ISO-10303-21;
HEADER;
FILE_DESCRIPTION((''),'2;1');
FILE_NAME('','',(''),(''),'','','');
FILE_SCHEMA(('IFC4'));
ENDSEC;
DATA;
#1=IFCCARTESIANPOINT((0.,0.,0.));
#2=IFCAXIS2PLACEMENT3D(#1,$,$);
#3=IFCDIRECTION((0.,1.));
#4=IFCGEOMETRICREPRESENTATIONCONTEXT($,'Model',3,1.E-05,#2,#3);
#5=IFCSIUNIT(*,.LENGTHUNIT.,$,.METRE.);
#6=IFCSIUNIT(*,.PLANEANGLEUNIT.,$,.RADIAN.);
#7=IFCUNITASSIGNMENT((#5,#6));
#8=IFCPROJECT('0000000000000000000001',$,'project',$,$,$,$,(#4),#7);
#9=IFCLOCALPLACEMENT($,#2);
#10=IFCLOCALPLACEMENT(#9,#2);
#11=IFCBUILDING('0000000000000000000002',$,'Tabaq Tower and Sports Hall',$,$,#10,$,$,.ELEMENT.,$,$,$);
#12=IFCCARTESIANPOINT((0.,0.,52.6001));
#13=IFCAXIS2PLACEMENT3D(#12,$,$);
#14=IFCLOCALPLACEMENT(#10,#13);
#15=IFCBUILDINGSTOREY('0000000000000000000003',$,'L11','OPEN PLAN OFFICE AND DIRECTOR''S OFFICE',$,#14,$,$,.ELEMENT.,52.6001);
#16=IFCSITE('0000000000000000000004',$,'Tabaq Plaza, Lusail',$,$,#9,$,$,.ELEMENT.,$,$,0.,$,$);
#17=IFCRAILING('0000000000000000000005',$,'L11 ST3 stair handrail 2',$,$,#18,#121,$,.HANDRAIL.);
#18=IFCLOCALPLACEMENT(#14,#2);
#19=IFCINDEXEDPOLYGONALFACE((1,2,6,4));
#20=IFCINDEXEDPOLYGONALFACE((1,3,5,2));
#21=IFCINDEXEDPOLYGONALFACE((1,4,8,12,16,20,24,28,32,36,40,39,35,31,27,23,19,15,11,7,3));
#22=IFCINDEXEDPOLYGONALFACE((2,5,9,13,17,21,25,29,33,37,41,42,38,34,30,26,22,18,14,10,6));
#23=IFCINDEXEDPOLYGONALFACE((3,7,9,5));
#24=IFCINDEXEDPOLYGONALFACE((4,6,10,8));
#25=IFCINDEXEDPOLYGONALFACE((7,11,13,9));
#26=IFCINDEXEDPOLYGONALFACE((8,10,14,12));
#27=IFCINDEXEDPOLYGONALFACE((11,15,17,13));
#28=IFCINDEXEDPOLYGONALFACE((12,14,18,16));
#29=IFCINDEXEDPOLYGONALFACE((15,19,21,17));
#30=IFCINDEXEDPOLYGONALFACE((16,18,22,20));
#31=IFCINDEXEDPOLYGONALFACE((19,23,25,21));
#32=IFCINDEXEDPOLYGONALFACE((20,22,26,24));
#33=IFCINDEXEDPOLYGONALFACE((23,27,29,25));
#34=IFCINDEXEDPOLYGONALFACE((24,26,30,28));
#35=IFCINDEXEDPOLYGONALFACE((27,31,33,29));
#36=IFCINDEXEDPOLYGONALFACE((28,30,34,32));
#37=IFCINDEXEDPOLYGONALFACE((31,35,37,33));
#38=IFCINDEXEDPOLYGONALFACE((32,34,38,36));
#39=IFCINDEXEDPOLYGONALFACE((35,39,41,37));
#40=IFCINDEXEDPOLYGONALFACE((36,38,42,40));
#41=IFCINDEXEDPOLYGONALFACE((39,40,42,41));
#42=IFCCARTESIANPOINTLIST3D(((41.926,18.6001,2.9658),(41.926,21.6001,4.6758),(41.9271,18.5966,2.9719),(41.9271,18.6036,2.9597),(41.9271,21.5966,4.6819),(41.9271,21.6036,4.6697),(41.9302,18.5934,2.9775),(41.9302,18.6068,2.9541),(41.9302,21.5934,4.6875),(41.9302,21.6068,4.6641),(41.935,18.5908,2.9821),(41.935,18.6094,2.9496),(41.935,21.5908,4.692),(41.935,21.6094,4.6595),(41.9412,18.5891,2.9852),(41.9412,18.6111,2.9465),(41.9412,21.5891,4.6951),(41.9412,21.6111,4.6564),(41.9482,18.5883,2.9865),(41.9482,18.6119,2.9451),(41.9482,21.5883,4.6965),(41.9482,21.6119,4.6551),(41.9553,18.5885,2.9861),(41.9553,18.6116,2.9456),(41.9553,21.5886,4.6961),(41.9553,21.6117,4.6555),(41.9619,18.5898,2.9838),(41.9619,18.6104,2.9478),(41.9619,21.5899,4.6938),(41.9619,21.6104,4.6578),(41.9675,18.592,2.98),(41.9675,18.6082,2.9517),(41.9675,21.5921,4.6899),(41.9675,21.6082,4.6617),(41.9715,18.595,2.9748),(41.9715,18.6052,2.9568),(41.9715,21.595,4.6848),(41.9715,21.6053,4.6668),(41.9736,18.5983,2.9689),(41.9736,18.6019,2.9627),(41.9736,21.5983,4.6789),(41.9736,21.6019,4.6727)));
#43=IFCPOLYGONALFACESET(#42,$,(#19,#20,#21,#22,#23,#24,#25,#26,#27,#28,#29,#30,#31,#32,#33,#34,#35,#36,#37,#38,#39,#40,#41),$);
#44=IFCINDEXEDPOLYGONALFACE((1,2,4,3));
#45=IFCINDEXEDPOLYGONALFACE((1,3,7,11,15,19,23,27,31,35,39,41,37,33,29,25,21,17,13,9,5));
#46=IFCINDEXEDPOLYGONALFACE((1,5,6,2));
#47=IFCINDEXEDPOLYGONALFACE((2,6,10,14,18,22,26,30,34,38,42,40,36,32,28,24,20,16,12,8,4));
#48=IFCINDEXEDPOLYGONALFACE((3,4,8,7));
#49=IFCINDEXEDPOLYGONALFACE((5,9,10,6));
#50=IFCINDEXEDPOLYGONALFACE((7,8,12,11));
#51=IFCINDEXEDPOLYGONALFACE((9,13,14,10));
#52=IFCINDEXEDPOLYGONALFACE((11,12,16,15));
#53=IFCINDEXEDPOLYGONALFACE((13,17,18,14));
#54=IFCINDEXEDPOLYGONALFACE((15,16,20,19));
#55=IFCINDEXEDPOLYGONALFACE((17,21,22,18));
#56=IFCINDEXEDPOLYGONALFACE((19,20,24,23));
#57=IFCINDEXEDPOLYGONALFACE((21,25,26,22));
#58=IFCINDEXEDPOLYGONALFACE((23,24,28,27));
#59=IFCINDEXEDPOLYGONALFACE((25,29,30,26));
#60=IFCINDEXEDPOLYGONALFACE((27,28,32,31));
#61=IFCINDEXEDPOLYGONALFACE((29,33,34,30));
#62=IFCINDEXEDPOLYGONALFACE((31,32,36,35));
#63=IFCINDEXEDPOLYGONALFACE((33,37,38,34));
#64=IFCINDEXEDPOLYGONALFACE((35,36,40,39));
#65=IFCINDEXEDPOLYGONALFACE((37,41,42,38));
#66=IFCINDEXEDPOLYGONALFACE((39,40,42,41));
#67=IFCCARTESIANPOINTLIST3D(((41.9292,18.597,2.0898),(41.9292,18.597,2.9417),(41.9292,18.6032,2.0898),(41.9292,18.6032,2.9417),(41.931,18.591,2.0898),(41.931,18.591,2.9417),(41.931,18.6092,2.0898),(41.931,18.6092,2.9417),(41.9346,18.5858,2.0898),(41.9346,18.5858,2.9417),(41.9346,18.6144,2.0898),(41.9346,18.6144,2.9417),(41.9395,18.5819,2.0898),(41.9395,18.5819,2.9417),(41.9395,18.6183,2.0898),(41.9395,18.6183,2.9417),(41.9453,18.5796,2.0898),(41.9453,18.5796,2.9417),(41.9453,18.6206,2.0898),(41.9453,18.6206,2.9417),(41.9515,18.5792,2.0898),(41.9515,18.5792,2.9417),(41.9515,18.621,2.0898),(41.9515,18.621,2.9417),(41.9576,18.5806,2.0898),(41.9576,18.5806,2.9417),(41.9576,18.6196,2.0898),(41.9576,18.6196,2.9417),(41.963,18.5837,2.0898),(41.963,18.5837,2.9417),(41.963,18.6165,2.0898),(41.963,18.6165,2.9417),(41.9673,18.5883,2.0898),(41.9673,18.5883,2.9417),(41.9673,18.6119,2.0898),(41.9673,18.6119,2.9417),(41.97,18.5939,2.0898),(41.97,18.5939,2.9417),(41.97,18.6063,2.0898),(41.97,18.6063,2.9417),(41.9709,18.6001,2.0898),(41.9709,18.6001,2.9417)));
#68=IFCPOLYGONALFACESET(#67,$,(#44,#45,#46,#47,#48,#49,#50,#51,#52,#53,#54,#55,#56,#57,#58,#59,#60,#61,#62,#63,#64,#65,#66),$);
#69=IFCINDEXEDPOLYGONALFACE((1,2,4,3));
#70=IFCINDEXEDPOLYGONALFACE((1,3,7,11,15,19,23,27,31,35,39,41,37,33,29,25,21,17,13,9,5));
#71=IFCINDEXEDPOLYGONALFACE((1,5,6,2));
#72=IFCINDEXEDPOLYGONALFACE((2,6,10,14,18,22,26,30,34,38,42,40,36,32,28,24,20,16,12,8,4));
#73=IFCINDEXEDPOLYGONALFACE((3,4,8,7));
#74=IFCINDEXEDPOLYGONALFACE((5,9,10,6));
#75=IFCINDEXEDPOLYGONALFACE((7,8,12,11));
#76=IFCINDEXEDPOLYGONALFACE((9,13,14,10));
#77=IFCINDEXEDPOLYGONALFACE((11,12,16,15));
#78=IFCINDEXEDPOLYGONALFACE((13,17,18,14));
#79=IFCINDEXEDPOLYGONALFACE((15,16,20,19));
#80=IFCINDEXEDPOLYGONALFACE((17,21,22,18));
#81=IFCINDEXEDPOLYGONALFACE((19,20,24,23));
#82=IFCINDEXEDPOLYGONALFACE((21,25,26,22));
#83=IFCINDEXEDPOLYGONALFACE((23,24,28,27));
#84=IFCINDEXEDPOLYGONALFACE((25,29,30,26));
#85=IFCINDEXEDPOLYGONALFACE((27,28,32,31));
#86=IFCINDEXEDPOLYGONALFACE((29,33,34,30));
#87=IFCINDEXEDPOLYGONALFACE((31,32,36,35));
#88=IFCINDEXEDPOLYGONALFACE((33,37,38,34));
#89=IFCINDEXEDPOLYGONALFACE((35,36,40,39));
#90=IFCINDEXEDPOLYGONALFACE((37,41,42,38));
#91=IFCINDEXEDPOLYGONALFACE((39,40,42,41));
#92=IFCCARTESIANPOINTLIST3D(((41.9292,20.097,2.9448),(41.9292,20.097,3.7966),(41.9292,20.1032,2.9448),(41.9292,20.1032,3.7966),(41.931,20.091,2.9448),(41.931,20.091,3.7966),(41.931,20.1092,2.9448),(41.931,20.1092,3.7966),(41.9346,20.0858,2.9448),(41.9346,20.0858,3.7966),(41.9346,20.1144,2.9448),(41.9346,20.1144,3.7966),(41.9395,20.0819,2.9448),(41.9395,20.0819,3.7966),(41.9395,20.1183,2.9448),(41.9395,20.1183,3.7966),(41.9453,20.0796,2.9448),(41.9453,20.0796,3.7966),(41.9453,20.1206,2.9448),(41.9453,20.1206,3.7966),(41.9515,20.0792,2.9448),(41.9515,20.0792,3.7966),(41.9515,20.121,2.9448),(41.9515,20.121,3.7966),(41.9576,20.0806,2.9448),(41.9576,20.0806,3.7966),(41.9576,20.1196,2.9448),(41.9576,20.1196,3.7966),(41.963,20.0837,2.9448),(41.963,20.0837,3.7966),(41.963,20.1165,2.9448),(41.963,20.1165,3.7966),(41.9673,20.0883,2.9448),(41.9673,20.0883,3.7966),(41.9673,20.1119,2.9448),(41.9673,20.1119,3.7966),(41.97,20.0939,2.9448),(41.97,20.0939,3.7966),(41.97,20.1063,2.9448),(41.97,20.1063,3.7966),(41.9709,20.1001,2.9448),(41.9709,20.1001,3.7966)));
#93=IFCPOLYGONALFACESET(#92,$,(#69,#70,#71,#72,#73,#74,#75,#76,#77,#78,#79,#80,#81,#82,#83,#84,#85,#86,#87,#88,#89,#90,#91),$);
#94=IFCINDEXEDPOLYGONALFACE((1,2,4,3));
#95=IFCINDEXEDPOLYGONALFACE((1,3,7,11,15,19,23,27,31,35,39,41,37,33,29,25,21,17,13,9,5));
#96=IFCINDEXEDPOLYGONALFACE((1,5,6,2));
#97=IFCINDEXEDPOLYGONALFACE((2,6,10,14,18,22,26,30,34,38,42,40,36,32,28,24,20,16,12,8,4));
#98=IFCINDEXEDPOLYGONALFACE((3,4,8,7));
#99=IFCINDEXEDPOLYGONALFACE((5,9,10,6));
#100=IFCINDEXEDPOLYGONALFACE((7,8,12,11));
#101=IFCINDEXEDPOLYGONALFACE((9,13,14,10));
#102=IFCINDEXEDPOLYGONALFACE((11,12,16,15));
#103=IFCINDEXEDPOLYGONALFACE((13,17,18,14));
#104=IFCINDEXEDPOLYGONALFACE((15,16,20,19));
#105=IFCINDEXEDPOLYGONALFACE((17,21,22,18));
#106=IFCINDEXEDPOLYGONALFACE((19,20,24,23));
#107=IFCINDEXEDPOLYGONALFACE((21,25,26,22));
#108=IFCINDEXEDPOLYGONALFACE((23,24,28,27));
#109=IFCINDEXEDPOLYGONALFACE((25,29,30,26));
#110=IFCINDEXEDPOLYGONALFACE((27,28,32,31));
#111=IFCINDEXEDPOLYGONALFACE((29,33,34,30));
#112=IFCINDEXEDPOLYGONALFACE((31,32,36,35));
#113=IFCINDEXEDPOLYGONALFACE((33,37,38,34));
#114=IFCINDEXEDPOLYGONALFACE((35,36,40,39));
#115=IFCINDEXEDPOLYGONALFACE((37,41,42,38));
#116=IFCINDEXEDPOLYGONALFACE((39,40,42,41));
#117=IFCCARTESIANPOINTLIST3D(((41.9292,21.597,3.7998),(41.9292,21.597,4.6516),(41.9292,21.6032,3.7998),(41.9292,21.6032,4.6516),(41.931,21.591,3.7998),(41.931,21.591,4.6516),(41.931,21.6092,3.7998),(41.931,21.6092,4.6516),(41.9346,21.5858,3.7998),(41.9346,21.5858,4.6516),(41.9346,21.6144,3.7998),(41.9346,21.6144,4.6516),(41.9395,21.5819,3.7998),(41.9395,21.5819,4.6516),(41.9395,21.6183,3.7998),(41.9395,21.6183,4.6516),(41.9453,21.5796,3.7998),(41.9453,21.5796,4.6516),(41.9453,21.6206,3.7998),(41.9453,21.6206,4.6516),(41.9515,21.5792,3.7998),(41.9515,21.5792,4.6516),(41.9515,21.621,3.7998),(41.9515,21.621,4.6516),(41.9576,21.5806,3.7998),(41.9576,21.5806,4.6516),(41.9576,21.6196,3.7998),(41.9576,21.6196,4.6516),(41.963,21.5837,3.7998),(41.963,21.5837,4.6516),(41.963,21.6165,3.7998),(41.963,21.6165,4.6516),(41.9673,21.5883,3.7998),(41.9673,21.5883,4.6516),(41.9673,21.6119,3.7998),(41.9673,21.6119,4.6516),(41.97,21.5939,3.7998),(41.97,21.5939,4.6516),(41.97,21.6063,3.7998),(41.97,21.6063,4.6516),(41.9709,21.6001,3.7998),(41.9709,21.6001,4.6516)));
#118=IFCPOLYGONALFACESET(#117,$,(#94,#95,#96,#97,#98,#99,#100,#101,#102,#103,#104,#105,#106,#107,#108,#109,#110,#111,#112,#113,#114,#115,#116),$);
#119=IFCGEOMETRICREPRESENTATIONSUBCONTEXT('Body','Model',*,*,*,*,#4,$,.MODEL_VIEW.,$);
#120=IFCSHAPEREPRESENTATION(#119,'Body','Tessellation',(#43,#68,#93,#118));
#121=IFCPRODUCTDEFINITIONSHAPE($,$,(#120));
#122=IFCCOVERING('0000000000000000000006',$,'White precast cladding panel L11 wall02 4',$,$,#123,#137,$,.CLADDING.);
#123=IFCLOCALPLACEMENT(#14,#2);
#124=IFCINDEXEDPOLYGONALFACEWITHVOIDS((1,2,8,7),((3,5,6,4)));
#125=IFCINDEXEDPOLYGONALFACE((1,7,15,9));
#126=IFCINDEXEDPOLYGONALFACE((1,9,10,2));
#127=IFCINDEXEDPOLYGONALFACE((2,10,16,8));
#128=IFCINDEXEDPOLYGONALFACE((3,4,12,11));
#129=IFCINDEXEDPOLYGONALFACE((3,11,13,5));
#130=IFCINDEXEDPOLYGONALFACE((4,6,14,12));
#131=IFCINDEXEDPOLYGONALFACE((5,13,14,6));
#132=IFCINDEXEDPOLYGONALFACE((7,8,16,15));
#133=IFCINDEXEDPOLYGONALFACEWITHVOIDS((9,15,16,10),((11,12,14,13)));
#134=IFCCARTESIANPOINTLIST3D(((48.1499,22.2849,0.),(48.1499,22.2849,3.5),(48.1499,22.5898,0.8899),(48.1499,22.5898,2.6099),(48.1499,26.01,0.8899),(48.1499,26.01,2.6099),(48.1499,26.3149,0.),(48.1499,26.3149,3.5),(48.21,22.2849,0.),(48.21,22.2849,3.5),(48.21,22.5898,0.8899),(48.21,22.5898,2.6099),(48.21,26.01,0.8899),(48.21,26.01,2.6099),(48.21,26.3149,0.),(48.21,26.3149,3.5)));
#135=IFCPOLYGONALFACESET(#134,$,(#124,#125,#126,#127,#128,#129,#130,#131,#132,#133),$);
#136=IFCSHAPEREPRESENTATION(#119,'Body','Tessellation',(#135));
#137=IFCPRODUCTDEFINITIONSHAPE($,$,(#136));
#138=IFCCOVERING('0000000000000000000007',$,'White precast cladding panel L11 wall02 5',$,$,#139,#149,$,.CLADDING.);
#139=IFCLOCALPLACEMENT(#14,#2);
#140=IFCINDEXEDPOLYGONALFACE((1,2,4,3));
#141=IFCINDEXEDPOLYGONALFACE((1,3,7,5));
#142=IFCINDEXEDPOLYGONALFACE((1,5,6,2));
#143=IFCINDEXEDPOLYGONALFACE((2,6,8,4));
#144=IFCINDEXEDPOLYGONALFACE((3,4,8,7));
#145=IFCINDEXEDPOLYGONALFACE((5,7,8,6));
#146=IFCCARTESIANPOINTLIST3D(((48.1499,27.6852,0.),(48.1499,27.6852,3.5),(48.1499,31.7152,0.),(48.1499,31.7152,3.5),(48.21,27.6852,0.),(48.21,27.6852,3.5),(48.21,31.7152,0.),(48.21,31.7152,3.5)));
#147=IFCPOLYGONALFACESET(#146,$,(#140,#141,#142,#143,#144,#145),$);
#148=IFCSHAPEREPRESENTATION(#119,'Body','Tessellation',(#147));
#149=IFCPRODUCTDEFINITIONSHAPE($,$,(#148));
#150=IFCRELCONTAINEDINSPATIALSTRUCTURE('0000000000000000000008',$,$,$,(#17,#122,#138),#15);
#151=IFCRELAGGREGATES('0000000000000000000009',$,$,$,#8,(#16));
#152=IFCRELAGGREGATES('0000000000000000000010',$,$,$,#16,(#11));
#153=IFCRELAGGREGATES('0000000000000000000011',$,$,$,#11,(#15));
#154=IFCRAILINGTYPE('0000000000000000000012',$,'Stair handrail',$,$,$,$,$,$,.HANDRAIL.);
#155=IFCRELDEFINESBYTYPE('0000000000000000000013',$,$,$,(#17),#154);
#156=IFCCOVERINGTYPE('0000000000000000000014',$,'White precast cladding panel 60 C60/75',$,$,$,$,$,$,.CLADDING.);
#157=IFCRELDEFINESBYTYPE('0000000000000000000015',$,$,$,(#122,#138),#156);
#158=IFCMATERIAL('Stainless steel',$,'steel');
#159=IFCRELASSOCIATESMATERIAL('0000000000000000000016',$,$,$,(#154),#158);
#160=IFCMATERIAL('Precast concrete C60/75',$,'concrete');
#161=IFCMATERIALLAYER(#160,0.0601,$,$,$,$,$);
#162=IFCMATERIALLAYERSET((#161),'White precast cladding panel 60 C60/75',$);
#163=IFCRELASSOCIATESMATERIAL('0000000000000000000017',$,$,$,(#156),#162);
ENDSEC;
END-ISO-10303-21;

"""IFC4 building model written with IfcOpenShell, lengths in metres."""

from ifc_helpers import new_model, si_unit, direction, frame, frame_2d, origin, origin_2d, place, context, subcontext, project, spatial, polyline, rectangle, circle, outline, extrude, material, layer, layer_set, type_object, element, save


model = new_model("IFC4")

# Units and contexts
model_context = context("Model", 3, precision=1e-05, world=origin(), true_north=direction((0.0, 1.0)))
body_context = subcontext(model_context, "Body", "Model", "MODEL_VIEW")
ifc_project = project(units=[si_unit("LENGTHUNIT", "METRE"), si_unit("PLANEANGLEUNIT", "RADIAN")], contexts=[model_context])

# Site, building, storey
site_placement = place(None, origin())
site = spatial("IfcSite", under=ifc_project, at=site_placement, Name="Tabaq Plaza, Lusail", CompositionType="ELEMENT", RefElevation=0.0)
building_placement = place(site_placement, origin())
building = spatial("IfcBuilding", under=site, at=building_placement, Name="Tabaq Tower and Sports Hall", CompositionType="ELEMENT")
storey_placement = place(building_placement, frame((0.0, 0.0, 52.6001)))
storey = spatial("IfcBuildingStorey", under=building, at=storey_placement, Name="L11", Description="OPEN PLAN OFFICE AND DIRECTOR'S OFFICE", CompositionType="ELEMENT", Elevation=52.6001)

# Railing
ifc_material_1 = material(Name="Stainless steel", Category="steel")
railing_type_1 = type_object("IfcRailingType", Name="Stair handrail", PredefinedType="HANDRAIL", material=ifc_material_1)
railing_1_placement = place(storey_placement, frame((41.95, 18.6001, 2.0898)))
element("IfcRailing", 1, at=railing_1_placement, inside=storey, type_object=railing_type_1, Name="L11 ST3 stair handrail 2", PredefinedType="HANDRAIL", context=body_context, shape_type="SweptSolid", body=[
    extrude(circle(Radius=0.0239, at=origin_2d()), frame((0.0, 0.0, 0.876), z_axis=(0.0, 0.868782, 0.495195), x_axis=(-1.0, 0.0, 0.0)), (0.0, 0.0, 1.0), 3.4531),
    extrude(circle(Radius=0.021, at=origin_2d()), origin(), (0.0, 0.0, 1.0), 0.8518),
    extrude(circle(Radius=0.021, at=origin_2d()), frame((0.0, 1.5, 0.855)), (0.0, 0.0, 1.0), 0.8518),
    extrude(circle(Radius=0.021, at=origin_2d()), frame((0.0, 3.0, 1.71)), (0.0, 0.0, 1.0), 0.8518),
])

# Coverings
ifc_material_2 = material(Name="Precast concrete C60/75", Category="concrete")
ifc_layer_1 = layer(ifc_material_2, 0.0601)
ifc_layer_set_1 = layer_set([ifc_layer_1], Name="White precast cladding panel 60 C60/75")
covering_type_1 = type_object("IfcCoveringType", Name="White precast cladding panel 60 C60/75", PredefinedType="CLADDING", material=ifc_layer_set_1)
covering_1_placement = place(storey_placement, frame((48.1799, 22.2849, 0.0), z_axis=(0.0, 0.0, 1.0), x_axis=(0.0, 1.0, 0.0)))
element("IfcCovering", 2, at=covering_1_placement, inside=storey, type_object=covering_type_1, Name="White precast cladding panel L11 wall02 4", PredefinedType="CLADDING", context=body_context, shape_type="SweptSolid", body=[
    extrude(outline(polyline([(0.0, 0.0), (4.03, 0.0), (4.03, 3.5), (0.0, 3.5), (0.0, 0.0)]), holes=[polyline([(0.3049, 0.8899), (0.3049, 2.6099), (3.7251, 2.6099), (3.7251, 0.8899), (0.3049, 0.8899)])]), frame((0.0, 0.03, 0.0), z_axis=(0.0, -1.0, 0.0), x_axis=(1.0, 0.0, 0.0)), (0.0, 0.0, 1.0), 0.0601),
])
covering_2_placement = place(storey_placement, frame((48.1799, 27.6851, 0.0), z_axis=(0.0, 0.0, 1.0), x_axis=(0.0, 1.0, 0.0)))
element("IfcCovering", 3, at=covering_2_placement, inside=storey, type_object=covering_type_1, Name="White precast cladding panel L11 wall02 5", PredefinedType="CLADDING", context=body_context, shape_type="SweptSolid", body=[
    extrude(rectangle(XDim=4.03, YDim=0.0601, at=frame_2d((2.0151, 0.0))), origin(), (0.0, 0.0, 1.0), 3.5),
])

save(model, "model.ifc")
